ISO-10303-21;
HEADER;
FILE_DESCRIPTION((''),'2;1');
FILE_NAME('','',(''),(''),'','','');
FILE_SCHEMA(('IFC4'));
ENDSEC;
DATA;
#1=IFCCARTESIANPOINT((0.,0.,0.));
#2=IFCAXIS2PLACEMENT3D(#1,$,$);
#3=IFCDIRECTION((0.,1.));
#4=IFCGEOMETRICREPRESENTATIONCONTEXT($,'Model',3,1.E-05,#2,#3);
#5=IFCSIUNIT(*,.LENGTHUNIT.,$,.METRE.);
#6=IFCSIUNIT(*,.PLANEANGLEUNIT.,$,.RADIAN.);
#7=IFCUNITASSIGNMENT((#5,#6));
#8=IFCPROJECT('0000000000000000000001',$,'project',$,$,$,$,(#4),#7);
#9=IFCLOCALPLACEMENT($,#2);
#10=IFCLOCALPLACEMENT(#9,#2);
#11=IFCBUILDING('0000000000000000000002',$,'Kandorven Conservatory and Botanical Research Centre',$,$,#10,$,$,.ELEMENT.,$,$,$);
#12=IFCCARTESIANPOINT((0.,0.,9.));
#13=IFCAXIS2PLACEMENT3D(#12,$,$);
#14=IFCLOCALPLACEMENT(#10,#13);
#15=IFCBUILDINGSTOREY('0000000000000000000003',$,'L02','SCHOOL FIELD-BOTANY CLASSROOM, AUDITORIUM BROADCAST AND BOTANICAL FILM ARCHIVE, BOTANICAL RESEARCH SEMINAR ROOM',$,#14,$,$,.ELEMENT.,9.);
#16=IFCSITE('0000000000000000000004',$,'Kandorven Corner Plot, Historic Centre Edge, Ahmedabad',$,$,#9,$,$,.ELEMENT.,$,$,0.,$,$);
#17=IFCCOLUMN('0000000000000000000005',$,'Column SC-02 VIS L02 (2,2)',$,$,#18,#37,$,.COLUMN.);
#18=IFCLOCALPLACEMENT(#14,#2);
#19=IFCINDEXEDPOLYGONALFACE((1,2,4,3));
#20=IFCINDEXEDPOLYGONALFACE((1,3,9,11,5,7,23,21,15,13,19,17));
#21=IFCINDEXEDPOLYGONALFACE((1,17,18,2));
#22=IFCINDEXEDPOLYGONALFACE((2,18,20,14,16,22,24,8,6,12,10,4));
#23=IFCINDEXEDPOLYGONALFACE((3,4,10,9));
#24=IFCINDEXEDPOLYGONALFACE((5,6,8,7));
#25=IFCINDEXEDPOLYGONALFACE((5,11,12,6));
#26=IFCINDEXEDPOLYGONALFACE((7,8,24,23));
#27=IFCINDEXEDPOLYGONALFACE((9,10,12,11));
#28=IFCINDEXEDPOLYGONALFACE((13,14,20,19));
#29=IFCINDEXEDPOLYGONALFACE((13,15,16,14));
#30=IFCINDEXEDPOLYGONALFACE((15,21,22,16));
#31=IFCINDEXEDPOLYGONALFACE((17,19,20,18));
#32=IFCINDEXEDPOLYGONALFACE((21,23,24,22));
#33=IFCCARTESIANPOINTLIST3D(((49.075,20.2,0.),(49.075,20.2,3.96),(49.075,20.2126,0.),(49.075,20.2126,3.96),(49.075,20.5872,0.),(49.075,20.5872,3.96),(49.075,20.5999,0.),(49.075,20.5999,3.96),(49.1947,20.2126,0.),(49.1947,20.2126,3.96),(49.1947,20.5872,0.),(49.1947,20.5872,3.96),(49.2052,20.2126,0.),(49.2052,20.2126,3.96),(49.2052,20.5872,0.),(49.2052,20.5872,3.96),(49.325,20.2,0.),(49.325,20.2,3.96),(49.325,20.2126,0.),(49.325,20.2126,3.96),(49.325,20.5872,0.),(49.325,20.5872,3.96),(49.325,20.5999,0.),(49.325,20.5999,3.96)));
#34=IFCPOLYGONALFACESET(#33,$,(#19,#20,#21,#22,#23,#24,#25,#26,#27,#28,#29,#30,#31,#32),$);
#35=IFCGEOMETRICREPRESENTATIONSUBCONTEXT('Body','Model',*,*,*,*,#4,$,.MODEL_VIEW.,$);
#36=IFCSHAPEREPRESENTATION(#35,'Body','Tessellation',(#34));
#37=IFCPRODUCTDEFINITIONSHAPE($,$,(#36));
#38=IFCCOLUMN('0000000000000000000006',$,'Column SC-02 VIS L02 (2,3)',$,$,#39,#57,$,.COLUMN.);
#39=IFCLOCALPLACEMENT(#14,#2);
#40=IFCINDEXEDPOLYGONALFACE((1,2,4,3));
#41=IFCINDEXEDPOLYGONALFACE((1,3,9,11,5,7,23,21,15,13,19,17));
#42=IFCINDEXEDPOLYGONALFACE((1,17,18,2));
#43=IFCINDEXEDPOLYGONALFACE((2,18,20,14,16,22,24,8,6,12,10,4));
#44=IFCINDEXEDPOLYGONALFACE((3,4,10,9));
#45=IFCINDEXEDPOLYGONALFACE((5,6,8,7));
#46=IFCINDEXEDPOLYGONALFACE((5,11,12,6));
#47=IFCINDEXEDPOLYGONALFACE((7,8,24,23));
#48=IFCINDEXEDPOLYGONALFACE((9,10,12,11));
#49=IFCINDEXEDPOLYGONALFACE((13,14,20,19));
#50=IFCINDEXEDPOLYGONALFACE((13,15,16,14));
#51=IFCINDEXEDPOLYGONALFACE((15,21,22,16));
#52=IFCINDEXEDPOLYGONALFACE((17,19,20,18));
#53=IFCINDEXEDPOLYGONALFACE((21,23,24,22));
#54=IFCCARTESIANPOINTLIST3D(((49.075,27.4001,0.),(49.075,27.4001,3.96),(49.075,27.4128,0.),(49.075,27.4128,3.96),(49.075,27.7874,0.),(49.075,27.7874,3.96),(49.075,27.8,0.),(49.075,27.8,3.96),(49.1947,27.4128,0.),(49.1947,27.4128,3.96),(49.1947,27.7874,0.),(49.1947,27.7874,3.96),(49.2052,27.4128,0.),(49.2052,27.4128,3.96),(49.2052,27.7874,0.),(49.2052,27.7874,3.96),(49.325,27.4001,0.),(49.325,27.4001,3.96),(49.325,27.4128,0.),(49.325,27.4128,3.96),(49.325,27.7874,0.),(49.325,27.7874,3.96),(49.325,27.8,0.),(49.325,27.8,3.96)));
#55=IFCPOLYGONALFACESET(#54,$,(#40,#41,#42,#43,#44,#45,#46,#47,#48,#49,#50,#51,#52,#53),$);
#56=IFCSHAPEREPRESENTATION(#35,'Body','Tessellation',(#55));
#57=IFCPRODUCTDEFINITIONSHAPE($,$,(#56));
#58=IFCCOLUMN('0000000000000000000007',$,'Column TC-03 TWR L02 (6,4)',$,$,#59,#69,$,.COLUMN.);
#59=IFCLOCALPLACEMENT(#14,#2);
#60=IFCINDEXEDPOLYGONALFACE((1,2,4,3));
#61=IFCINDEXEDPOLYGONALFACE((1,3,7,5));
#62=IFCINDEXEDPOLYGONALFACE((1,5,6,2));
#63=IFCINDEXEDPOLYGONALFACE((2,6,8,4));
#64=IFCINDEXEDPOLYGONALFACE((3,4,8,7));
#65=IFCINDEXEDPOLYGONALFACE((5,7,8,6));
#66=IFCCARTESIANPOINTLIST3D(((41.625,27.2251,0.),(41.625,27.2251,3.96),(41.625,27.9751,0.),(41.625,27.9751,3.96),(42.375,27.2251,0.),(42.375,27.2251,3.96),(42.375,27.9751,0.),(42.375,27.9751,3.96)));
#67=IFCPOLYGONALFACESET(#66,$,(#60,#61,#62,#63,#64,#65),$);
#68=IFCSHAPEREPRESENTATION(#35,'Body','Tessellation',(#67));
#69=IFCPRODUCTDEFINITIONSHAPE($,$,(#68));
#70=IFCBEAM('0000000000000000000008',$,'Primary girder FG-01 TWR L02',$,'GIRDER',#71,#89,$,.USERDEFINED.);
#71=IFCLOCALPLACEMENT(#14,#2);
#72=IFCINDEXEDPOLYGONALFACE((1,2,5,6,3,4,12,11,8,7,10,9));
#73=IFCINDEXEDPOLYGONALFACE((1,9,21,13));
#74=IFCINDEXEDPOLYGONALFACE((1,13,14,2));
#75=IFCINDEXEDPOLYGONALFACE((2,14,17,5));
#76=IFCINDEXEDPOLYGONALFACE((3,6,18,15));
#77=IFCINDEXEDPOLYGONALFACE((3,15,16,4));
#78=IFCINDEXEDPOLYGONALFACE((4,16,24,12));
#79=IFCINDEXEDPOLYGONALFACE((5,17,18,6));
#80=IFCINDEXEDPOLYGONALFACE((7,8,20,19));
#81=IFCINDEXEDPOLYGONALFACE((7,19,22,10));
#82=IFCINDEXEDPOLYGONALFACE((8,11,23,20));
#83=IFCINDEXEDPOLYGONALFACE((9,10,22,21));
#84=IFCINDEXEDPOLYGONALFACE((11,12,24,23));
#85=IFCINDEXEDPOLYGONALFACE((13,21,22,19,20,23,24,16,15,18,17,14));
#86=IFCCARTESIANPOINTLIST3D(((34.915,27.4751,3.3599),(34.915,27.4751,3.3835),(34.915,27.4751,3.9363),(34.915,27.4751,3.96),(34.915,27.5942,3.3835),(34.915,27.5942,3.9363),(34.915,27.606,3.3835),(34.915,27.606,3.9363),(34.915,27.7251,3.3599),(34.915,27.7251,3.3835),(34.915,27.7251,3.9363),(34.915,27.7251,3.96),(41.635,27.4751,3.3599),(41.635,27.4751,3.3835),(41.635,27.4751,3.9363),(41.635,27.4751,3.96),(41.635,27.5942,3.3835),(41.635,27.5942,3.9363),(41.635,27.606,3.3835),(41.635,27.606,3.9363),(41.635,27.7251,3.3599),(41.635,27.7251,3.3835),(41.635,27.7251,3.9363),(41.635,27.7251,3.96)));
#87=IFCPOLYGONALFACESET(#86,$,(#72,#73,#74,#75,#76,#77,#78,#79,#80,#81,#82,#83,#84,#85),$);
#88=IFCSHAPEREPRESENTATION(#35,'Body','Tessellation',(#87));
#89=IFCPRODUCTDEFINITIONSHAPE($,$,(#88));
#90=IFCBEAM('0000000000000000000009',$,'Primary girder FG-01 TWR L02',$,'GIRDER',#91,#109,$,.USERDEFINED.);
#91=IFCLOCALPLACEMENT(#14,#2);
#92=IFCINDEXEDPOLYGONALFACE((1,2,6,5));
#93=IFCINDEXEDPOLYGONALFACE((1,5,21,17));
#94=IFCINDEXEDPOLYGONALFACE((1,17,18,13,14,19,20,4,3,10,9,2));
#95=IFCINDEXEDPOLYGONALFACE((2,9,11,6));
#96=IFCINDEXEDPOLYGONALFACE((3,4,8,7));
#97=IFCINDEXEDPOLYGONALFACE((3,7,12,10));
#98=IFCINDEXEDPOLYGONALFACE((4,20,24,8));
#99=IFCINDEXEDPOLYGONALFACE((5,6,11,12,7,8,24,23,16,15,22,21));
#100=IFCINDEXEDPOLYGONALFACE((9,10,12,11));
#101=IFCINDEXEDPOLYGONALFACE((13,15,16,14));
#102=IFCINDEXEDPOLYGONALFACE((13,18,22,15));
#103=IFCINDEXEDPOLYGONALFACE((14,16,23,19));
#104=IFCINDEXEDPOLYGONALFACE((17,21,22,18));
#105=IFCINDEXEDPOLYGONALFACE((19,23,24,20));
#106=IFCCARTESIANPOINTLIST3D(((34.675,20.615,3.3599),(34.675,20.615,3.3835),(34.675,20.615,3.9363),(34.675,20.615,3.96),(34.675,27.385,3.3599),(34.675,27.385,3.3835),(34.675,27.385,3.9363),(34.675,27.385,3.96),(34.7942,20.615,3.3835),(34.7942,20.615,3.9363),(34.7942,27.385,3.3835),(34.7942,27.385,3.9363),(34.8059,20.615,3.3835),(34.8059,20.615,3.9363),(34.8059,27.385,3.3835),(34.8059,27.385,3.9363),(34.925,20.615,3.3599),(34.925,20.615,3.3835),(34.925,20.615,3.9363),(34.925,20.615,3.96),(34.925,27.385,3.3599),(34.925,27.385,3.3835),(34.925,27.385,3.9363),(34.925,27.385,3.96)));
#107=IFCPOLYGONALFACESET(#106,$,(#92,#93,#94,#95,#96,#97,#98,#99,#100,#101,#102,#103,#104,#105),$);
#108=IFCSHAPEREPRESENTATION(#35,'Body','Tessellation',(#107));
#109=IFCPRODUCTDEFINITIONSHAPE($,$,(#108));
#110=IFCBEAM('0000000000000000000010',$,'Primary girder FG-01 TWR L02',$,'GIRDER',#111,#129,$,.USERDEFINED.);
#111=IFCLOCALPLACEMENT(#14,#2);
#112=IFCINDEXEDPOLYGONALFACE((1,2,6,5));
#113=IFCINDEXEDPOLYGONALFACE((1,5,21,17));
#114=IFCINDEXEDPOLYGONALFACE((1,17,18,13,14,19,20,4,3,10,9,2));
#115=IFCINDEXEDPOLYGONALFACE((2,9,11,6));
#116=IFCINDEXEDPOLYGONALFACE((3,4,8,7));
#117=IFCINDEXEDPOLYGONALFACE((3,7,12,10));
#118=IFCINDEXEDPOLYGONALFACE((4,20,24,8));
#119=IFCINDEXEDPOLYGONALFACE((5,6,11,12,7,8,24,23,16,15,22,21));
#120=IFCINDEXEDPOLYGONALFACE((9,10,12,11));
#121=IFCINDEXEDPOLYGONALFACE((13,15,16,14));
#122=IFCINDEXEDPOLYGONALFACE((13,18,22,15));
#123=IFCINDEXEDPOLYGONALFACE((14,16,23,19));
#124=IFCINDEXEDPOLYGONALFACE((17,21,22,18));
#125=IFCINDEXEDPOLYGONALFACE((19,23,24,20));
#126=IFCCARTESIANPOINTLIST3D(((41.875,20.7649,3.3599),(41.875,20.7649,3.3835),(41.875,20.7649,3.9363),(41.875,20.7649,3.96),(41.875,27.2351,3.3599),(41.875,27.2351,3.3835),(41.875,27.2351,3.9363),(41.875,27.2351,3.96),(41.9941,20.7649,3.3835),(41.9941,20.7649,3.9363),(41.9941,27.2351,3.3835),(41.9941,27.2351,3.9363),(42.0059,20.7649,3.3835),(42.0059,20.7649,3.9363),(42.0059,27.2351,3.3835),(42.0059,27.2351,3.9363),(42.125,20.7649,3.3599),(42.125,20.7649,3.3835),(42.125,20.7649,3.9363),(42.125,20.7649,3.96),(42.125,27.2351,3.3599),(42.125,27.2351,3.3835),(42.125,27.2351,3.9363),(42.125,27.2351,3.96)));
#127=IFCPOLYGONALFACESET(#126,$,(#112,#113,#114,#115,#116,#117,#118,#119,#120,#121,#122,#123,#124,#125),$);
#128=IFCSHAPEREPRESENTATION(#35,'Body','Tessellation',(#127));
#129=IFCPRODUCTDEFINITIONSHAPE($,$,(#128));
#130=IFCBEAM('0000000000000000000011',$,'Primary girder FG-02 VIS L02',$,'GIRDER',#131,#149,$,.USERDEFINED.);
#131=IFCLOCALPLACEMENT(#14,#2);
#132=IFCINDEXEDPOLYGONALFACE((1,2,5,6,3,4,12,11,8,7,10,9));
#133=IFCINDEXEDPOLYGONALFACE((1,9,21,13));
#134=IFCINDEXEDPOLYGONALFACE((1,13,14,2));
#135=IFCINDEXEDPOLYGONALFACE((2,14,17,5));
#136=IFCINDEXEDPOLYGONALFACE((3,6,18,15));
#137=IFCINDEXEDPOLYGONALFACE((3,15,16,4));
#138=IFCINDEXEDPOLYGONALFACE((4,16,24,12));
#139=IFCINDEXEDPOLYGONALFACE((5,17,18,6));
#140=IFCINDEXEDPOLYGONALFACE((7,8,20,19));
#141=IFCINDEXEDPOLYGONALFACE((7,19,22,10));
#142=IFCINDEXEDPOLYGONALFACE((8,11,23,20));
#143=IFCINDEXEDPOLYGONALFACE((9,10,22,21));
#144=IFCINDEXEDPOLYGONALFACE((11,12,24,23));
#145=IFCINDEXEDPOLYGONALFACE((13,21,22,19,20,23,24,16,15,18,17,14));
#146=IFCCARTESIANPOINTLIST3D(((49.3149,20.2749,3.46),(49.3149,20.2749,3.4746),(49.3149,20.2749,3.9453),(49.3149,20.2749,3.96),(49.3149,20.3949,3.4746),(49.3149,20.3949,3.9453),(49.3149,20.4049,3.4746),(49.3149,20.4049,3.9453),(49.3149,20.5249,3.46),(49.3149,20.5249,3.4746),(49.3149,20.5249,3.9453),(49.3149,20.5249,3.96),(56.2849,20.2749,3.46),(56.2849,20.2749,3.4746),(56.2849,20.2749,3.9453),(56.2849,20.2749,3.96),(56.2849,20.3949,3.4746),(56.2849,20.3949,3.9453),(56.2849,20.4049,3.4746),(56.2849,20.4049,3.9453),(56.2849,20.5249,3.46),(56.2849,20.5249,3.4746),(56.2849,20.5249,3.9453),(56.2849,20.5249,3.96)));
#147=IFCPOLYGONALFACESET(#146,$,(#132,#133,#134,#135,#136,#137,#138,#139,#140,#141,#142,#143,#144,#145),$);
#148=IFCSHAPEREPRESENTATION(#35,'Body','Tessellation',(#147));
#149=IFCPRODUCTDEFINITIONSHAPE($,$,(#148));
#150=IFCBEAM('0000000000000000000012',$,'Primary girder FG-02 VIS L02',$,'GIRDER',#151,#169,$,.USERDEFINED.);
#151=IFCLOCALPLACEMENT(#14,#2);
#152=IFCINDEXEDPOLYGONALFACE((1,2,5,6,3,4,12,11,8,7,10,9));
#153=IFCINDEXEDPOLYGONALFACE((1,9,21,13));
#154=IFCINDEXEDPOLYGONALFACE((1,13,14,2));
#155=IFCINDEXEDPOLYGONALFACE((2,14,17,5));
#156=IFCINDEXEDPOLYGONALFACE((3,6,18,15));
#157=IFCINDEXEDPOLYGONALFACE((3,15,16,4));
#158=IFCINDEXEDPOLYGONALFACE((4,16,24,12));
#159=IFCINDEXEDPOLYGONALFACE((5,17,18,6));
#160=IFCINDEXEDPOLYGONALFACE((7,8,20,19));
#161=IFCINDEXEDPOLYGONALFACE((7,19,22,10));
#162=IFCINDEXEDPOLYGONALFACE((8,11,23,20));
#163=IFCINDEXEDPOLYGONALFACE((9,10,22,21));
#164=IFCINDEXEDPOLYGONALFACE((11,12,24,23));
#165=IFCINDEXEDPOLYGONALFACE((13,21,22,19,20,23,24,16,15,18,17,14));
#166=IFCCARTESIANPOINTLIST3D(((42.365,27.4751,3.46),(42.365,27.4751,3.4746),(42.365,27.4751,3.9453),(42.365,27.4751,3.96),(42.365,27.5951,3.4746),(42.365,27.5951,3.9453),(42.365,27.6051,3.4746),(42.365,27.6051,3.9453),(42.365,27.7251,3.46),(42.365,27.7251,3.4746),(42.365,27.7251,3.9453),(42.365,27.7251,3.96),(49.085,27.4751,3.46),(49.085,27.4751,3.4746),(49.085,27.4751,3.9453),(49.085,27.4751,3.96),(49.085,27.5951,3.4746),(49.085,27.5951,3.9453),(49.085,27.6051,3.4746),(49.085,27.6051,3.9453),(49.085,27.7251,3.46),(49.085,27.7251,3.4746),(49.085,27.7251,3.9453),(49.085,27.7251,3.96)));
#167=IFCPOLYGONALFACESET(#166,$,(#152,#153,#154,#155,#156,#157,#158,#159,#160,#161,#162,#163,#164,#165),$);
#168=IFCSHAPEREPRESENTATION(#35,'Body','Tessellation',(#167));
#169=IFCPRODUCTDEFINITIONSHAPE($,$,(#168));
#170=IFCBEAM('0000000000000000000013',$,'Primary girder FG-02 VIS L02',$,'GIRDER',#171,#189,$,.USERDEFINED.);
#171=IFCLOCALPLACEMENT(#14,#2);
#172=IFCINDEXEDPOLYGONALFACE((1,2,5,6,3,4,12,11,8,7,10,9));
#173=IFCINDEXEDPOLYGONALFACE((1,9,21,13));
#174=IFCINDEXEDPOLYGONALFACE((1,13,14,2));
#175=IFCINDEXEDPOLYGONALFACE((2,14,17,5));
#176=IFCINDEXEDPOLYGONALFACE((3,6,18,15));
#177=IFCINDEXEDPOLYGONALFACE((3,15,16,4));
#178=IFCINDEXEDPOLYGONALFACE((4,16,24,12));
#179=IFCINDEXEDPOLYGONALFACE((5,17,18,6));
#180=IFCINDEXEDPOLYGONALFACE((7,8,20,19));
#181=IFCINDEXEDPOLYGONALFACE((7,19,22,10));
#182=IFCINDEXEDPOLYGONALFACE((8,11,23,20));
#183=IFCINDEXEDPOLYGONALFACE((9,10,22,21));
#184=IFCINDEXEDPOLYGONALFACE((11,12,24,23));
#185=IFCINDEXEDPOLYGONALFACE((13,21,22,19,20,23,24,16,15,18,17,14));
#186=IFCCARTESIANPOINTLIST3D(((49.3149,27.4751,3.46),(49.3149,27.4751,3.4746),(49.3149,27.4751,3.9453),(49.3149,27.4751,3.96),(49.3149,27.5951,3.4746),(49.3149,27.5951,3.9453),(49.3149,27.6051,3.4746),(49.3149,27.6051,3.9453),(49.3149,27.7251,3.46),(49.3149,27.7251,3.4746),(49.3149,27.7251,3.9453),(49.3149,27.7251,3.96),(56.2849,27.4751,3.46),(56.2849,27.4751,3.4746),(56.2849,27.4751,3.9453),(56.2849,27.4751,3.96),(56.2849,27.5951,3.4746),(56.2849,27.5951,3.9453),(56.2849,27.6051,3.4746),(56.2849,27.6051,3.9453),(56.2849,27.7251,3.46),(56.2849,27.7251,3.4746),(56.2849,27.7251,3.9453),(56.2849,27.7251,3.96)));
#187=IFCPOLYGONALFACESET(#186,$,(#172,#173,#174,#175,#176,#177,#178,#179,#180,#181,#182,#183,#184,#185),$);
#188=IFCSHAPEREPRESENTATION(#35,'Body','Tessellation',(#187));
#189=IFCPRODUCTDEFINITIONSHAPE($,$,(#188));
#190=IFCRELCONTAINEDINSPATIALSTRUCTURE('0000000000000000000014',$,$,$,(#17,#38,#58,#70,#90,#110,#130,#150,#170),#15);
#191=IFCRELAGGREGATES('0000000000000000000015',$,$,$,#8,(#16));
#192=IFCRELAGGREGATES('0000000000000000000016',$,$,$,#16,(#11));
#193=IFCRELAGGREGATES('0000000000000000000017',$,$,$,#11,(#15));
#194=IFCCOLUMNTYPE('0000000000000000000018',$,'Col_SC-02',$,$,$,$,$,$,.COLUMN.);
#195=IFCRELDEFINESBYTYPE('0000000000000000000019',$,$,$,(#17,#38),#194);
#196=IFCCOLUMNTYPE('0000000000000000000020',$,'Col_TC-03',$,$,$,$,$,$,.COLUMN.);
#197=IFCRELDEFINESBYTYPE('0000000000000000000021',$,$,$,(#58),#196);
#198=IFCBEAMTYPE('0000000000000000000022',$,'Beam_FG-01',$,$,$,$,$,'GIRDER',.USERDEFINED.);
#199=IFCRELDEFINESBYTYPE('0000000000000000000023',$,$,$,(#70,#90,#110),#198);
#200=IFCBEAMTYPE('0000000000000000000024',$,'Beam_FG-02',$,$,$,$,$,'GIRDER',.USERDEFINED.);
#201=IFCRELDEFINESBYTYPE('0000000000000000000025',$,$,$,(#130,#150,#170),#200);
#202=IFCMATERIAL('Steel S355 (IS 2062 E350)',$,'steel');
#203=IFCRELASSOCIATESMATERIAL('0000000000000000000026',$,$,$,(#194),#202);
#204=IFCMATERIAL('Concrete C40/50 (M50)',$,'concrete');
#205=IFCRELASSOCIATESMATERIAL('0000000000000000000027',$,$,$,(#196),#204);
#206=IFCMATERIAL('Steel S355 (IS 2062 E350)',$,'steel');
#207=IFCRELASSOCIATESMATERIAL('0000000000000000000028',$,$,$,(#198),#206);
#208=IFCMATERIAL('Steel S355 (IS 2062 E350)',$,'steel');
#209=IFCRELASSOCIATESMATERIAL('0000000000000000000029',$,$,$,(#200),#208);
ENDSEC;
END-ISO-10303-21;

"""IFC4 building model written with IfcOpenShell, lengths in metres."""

from ifc_helpers import new_model, si_unit, direction, frame, origin, origin_2d, place, context, subcontext, project, spatial, rectangle, i_section, extrude, material, material_profile, profile_set, type_object, element, save


model = new_model("IFC4")

# Units and contexts
model_context = context("Model", 3, precision=1e-05, world=origin(), true_north=direction((0.0, 1.0)))
body_context = subcontext(model_context, "Body", "Model", "MODEL_VIEW")
ifc_project = project(units=[si_unit("LENGTHUNIT", "METRE"), si_unit("PLANEANGLEUNIT", "RADIAN")], contexts=[model_context])

# Site, building, storey
site_placement = place(None, origin())
site = spatial("IfcSite", under=ifc_project, at=site_placement, Name="Kandorven Corner Plot, Historic Centre Edge, Ahmedabad", CompositionType="ELEMENT", RefElevation=0.0)
building_placement = place(site_placement, origin())
building = spatial("IfcBuilding", under=site, at=building_placement, Name="Kandorven Conservatory and Botanical Research Centre", CompositionType="ELEMENT")
storey_placement = place(building_placement, frame((0.0, 0.0, 9.0)))
storey = spatial("IfcBuildingStorey", under=building, at=storey_placement, Name="L02", Description="SCHOOL FIELD-BOTANY CLASSROOM, AUDITORIUM BROADCAST AND BOTANICAL FILM ARCHIVE, BOTANICAL RESEARCH SEMINAR ROOM", CompositionType="ELEMENT", Elevation=9.0)

# Columns
ifc_material_1 = material(Name="Steel S355 (IS 2062 E350)", Category="steel")
ifc_material_profile_1 = material_profile(ifc_material_1, i_section(OverallWidth=0.25, OverallDepth=0.3999, WebThickness=0.0105, FlangeThickness=0.0127, at=origin_2d()))
ifc_profile_set_1 = profile_set([ifc_material_profile_1], Name="Steel S355 (IS 2062 E350)")
column_type_1 = type_object("IfcColumnType", Name="Col_SC-02", PredefinedType="COLUMN", material=ifc_profile_set_1)
for number, where, z_axis, x_axis, name in (
    (1, (49.2, 20.3999, 0.0), (0.0, 0.0, 1.0), (1.0, 0.0, 0.0), "Column SC-02 VIS L02 (2,2)"),
    (2, (49.2, 27.6001, 0.0), (0.0, 0.0, 1.0), (1.0, 0.0, 0.0), "Column SC-02 VIS L02 (2,3)"),
):
    element("IfcColumn", number, at=place(storey_placement, frame(where, z_axis=z_axis, x_axis=x_axis)), inside=storey, type_object=column_type_1, Name=name, PredefinedType="COLUMN", context=body_context, shape_type="SweptSolid", body=[
        extrude(i_section(OverallWidth=0.25, OverallDepth=0.3999, WebThickness=0.0105, FlangeThickness=0.0127, at=origin_2d()), origin(), (0.0, 0.0, 1.0), 3.96),
    ])
ifc_material_2 = material(Name="Concrete C40/50 (M50)", Category="concrete")
ifc_material_profile_2 = material_profile(ifc_material_2, rectangle(XDim=0.75, YDim=0.75, at=origin_2d()))
ifc_profile_set_2 = profile_set([ifc_material_profile_2], Name="Concrete C40/50 (M50)")
column_type_2 = type_object("IfcColumnType", Name="Col_TC-03", PredefinedType="COLUMN", material=ifc_profile_set_2)
column_placement = place(storey_placement, frame((42.0, 27.6001, 0.0), z_axis=(0.0, 0.0, 1.0), x_axis=(1.0, 0.0, 0.0)))
element("IfcColumn", 3, at=column_placement, inside=storey, type_object=column_type_2, Name="Column TC-03 TWR L02 (6,4)", PredefinedType="COLUMN", context=body_context, shape_type="SweptSolid", body=[
    extrude(rectangle(XDim=0.75, YDim=0.75, at=origin_2d()), origin(), (0.0, 0.0, 1.0), 3.96),
])

# Beams
ifc_material_3 = material(Name="Steel S355 (IS 2062 E350)", Category="steel")
ifc_material_profile_3 = material_profile(ifc_material_3, i_section(OverallWidth=0.25, OverallDepth=0.6001, WebThickness=0.0117, FlangeThickness=0.0237, at=origin_2d()))
ifc_profile_set_3 = profile_set([ifc_material_profile_3], Name="Steel S355 (IS 2062 E350)")
beam_type_1 = type_object("IfcBeamType", Name="Beam_FG-01", ElementType="GIRDER", PredefinedType="USERDEFINED", material=ifc_profile_set_3)
beam_1_placement = place(storey_placement, frame((34.915, 27.6001, 3.6599), z_axis=(1.0, 0.0, 0.0), x_axis=(0.0, 1.0, 0.0)))
element("IfcBeam", 4, at=beam_1_placement, inside=storey, type_object=beam_type_1, Name="Primary girder FG-01 TWR L02", ObjectType="GIRDER", PredefinedType="USERDEFINED", context=body_context, shape_type="SweptSolid", body=[
    extrude(i_section(OverallWidth=0.25, OverallDepth=0.6001, WebThickness=0.0117, FlangeThickness=0.0237, at=origin_2d()), origin(), (0.0, 0.0, 1.0), 6.72),
])
beam_2_placement = place(storey_placement, frame((34.8, 20.615, 3.6599), z_axis=(0.0, 1.0, 0.0), x_axis=(-1.0, 0.0, 0.0)))
element("IfcBeam", 5, at=beam_2_placement, inside=storey, type_object=beam_type_1, Name="Primary girder FG-01 TWR L02", ObjectType="GIRDER", PredefinedType="USERDEFINED", context=body_context, shape_type="SweptSolid", body=[
    extrude(i_section(OverallWidth=0.25, OverallDepth=0.6001, WebThickness=0.0117, FlangeThickness=0.0237, at=origin_2d()), origin(), (0.0, 0.0, 1.0), 6.77),
])
beam_3_placement = place(storey_placement, frame((42.0, 20.7649, 3.6599), z_axis=(0.0, 1.0, 0.0), x_axis=(-1.0, 0.0, 0.0)))
element("IfcBeam", 6, at=beam_3_placement, inside=storey, type_object=beam_type_1, Name="Primary girder FG-01 TWR L02", ObjectType="GIRDER", PredefinedType="USERDEFINED", context=body_context, shape_type="SweptSolid", body=[
    extrude(i_section(OverallWidth=0.25, OverallDepth=0.6001, WebThickness=0.0117, FlangeThickness=0.0237, at=origin_2d()), origin(), (0.0, 0.0, 1.0), 6.4702),
])
ifc_material_4 = material(Name="Steel S355 (IS 2062 E350)", Category="steel")
ifc_material_profile_4 = material_profile(ifc_material_4, i_section(OverallWidth=0.25, OverallDepth=0.5, WebThickness=0.01, FlangeThickness=0.0146, at=origin_2d()))
ifc_profile_set_4 = profile_set([ifc_material_profile_4], Name="Steel S355 (IS 2062 E350)")
beam_type_2 = type_object("IfcBeamType", Name="Beam_FG-02", ElementType="GIRDER", PredefinedType="USERDEFINED", material=ifc_profile_set_4)
beam_4_placement = place(storey_placement, frame((49.3149, 20.3999, 3.71), z_axis=(1.0, 0.0, 0.0), x_axis=(0.0, 1.0, 0.0)))
element("IfcBeam", 7, at=beam_4_placement, inside=storey, type_object=beam_type_2, Name="Primary girder FG-02 VIS L02", ObjectType="GIRDER", PredefinedType="USERDEFINED", context=body_context, shape_type="SweptSolid", body=[
    extrude(i_section(OverallWidth=0.25, OverallDepth=0.5, WebThickness=0.01, FlangeThickness=0.0146, at=origin_2d()), origin(), (0.0, 0.0, 1.0), 6.97),
])
beam_5_placement = place(storey_placement, frame((42.365, 27.6001, 3.71), z_axis=(1.0, 0.0, 0.0), x_axis=(0.0, 1.0, 0.0)))
element("IfcBeam", 8, at=beam_5_placement, inside=storey, type_object=beam_type_2, Name="Primary girder FG-02 VIS L02", ObjectType="GIRDER", PredefinedType="USERDEFINED", context=body_context, shape_type="SweptSolid", body=[
    extrude(i_section(OverallWidth=0.25, OverallDepth=0.5, WebThickness=0.01, FlangeThickness=0.0146, at=origin_2d()), origin(), (0.0, 0.0, 1.0), 6.72),
])
beam_6_placement = place(storey_placement, frame((49.3149, 27.6001, 3.71), z_axis=(1.0, 0.0, 0.0), x_axis=(0.0, 1.0, 0.0)))
element("IfcBeam", 9, at=beam_6_placement, inside=storey, type_object=beam_type_2, Name="Primary girder FG-02 VIS L02", ObjectType="GIRDER", PredefinedType="USERDEFINED", context=body_context, shape_type="SweptSolid", body=[
    extrude(i_section(OverallWidth=0.25, OverallDepth=0.5, WebThickness=0.01, FlangeThickness=0.0146, at=origin_2d()), origin(), (0.0, 0.0, 1.0), 6.97),
])

save(model, "model.ifc")
